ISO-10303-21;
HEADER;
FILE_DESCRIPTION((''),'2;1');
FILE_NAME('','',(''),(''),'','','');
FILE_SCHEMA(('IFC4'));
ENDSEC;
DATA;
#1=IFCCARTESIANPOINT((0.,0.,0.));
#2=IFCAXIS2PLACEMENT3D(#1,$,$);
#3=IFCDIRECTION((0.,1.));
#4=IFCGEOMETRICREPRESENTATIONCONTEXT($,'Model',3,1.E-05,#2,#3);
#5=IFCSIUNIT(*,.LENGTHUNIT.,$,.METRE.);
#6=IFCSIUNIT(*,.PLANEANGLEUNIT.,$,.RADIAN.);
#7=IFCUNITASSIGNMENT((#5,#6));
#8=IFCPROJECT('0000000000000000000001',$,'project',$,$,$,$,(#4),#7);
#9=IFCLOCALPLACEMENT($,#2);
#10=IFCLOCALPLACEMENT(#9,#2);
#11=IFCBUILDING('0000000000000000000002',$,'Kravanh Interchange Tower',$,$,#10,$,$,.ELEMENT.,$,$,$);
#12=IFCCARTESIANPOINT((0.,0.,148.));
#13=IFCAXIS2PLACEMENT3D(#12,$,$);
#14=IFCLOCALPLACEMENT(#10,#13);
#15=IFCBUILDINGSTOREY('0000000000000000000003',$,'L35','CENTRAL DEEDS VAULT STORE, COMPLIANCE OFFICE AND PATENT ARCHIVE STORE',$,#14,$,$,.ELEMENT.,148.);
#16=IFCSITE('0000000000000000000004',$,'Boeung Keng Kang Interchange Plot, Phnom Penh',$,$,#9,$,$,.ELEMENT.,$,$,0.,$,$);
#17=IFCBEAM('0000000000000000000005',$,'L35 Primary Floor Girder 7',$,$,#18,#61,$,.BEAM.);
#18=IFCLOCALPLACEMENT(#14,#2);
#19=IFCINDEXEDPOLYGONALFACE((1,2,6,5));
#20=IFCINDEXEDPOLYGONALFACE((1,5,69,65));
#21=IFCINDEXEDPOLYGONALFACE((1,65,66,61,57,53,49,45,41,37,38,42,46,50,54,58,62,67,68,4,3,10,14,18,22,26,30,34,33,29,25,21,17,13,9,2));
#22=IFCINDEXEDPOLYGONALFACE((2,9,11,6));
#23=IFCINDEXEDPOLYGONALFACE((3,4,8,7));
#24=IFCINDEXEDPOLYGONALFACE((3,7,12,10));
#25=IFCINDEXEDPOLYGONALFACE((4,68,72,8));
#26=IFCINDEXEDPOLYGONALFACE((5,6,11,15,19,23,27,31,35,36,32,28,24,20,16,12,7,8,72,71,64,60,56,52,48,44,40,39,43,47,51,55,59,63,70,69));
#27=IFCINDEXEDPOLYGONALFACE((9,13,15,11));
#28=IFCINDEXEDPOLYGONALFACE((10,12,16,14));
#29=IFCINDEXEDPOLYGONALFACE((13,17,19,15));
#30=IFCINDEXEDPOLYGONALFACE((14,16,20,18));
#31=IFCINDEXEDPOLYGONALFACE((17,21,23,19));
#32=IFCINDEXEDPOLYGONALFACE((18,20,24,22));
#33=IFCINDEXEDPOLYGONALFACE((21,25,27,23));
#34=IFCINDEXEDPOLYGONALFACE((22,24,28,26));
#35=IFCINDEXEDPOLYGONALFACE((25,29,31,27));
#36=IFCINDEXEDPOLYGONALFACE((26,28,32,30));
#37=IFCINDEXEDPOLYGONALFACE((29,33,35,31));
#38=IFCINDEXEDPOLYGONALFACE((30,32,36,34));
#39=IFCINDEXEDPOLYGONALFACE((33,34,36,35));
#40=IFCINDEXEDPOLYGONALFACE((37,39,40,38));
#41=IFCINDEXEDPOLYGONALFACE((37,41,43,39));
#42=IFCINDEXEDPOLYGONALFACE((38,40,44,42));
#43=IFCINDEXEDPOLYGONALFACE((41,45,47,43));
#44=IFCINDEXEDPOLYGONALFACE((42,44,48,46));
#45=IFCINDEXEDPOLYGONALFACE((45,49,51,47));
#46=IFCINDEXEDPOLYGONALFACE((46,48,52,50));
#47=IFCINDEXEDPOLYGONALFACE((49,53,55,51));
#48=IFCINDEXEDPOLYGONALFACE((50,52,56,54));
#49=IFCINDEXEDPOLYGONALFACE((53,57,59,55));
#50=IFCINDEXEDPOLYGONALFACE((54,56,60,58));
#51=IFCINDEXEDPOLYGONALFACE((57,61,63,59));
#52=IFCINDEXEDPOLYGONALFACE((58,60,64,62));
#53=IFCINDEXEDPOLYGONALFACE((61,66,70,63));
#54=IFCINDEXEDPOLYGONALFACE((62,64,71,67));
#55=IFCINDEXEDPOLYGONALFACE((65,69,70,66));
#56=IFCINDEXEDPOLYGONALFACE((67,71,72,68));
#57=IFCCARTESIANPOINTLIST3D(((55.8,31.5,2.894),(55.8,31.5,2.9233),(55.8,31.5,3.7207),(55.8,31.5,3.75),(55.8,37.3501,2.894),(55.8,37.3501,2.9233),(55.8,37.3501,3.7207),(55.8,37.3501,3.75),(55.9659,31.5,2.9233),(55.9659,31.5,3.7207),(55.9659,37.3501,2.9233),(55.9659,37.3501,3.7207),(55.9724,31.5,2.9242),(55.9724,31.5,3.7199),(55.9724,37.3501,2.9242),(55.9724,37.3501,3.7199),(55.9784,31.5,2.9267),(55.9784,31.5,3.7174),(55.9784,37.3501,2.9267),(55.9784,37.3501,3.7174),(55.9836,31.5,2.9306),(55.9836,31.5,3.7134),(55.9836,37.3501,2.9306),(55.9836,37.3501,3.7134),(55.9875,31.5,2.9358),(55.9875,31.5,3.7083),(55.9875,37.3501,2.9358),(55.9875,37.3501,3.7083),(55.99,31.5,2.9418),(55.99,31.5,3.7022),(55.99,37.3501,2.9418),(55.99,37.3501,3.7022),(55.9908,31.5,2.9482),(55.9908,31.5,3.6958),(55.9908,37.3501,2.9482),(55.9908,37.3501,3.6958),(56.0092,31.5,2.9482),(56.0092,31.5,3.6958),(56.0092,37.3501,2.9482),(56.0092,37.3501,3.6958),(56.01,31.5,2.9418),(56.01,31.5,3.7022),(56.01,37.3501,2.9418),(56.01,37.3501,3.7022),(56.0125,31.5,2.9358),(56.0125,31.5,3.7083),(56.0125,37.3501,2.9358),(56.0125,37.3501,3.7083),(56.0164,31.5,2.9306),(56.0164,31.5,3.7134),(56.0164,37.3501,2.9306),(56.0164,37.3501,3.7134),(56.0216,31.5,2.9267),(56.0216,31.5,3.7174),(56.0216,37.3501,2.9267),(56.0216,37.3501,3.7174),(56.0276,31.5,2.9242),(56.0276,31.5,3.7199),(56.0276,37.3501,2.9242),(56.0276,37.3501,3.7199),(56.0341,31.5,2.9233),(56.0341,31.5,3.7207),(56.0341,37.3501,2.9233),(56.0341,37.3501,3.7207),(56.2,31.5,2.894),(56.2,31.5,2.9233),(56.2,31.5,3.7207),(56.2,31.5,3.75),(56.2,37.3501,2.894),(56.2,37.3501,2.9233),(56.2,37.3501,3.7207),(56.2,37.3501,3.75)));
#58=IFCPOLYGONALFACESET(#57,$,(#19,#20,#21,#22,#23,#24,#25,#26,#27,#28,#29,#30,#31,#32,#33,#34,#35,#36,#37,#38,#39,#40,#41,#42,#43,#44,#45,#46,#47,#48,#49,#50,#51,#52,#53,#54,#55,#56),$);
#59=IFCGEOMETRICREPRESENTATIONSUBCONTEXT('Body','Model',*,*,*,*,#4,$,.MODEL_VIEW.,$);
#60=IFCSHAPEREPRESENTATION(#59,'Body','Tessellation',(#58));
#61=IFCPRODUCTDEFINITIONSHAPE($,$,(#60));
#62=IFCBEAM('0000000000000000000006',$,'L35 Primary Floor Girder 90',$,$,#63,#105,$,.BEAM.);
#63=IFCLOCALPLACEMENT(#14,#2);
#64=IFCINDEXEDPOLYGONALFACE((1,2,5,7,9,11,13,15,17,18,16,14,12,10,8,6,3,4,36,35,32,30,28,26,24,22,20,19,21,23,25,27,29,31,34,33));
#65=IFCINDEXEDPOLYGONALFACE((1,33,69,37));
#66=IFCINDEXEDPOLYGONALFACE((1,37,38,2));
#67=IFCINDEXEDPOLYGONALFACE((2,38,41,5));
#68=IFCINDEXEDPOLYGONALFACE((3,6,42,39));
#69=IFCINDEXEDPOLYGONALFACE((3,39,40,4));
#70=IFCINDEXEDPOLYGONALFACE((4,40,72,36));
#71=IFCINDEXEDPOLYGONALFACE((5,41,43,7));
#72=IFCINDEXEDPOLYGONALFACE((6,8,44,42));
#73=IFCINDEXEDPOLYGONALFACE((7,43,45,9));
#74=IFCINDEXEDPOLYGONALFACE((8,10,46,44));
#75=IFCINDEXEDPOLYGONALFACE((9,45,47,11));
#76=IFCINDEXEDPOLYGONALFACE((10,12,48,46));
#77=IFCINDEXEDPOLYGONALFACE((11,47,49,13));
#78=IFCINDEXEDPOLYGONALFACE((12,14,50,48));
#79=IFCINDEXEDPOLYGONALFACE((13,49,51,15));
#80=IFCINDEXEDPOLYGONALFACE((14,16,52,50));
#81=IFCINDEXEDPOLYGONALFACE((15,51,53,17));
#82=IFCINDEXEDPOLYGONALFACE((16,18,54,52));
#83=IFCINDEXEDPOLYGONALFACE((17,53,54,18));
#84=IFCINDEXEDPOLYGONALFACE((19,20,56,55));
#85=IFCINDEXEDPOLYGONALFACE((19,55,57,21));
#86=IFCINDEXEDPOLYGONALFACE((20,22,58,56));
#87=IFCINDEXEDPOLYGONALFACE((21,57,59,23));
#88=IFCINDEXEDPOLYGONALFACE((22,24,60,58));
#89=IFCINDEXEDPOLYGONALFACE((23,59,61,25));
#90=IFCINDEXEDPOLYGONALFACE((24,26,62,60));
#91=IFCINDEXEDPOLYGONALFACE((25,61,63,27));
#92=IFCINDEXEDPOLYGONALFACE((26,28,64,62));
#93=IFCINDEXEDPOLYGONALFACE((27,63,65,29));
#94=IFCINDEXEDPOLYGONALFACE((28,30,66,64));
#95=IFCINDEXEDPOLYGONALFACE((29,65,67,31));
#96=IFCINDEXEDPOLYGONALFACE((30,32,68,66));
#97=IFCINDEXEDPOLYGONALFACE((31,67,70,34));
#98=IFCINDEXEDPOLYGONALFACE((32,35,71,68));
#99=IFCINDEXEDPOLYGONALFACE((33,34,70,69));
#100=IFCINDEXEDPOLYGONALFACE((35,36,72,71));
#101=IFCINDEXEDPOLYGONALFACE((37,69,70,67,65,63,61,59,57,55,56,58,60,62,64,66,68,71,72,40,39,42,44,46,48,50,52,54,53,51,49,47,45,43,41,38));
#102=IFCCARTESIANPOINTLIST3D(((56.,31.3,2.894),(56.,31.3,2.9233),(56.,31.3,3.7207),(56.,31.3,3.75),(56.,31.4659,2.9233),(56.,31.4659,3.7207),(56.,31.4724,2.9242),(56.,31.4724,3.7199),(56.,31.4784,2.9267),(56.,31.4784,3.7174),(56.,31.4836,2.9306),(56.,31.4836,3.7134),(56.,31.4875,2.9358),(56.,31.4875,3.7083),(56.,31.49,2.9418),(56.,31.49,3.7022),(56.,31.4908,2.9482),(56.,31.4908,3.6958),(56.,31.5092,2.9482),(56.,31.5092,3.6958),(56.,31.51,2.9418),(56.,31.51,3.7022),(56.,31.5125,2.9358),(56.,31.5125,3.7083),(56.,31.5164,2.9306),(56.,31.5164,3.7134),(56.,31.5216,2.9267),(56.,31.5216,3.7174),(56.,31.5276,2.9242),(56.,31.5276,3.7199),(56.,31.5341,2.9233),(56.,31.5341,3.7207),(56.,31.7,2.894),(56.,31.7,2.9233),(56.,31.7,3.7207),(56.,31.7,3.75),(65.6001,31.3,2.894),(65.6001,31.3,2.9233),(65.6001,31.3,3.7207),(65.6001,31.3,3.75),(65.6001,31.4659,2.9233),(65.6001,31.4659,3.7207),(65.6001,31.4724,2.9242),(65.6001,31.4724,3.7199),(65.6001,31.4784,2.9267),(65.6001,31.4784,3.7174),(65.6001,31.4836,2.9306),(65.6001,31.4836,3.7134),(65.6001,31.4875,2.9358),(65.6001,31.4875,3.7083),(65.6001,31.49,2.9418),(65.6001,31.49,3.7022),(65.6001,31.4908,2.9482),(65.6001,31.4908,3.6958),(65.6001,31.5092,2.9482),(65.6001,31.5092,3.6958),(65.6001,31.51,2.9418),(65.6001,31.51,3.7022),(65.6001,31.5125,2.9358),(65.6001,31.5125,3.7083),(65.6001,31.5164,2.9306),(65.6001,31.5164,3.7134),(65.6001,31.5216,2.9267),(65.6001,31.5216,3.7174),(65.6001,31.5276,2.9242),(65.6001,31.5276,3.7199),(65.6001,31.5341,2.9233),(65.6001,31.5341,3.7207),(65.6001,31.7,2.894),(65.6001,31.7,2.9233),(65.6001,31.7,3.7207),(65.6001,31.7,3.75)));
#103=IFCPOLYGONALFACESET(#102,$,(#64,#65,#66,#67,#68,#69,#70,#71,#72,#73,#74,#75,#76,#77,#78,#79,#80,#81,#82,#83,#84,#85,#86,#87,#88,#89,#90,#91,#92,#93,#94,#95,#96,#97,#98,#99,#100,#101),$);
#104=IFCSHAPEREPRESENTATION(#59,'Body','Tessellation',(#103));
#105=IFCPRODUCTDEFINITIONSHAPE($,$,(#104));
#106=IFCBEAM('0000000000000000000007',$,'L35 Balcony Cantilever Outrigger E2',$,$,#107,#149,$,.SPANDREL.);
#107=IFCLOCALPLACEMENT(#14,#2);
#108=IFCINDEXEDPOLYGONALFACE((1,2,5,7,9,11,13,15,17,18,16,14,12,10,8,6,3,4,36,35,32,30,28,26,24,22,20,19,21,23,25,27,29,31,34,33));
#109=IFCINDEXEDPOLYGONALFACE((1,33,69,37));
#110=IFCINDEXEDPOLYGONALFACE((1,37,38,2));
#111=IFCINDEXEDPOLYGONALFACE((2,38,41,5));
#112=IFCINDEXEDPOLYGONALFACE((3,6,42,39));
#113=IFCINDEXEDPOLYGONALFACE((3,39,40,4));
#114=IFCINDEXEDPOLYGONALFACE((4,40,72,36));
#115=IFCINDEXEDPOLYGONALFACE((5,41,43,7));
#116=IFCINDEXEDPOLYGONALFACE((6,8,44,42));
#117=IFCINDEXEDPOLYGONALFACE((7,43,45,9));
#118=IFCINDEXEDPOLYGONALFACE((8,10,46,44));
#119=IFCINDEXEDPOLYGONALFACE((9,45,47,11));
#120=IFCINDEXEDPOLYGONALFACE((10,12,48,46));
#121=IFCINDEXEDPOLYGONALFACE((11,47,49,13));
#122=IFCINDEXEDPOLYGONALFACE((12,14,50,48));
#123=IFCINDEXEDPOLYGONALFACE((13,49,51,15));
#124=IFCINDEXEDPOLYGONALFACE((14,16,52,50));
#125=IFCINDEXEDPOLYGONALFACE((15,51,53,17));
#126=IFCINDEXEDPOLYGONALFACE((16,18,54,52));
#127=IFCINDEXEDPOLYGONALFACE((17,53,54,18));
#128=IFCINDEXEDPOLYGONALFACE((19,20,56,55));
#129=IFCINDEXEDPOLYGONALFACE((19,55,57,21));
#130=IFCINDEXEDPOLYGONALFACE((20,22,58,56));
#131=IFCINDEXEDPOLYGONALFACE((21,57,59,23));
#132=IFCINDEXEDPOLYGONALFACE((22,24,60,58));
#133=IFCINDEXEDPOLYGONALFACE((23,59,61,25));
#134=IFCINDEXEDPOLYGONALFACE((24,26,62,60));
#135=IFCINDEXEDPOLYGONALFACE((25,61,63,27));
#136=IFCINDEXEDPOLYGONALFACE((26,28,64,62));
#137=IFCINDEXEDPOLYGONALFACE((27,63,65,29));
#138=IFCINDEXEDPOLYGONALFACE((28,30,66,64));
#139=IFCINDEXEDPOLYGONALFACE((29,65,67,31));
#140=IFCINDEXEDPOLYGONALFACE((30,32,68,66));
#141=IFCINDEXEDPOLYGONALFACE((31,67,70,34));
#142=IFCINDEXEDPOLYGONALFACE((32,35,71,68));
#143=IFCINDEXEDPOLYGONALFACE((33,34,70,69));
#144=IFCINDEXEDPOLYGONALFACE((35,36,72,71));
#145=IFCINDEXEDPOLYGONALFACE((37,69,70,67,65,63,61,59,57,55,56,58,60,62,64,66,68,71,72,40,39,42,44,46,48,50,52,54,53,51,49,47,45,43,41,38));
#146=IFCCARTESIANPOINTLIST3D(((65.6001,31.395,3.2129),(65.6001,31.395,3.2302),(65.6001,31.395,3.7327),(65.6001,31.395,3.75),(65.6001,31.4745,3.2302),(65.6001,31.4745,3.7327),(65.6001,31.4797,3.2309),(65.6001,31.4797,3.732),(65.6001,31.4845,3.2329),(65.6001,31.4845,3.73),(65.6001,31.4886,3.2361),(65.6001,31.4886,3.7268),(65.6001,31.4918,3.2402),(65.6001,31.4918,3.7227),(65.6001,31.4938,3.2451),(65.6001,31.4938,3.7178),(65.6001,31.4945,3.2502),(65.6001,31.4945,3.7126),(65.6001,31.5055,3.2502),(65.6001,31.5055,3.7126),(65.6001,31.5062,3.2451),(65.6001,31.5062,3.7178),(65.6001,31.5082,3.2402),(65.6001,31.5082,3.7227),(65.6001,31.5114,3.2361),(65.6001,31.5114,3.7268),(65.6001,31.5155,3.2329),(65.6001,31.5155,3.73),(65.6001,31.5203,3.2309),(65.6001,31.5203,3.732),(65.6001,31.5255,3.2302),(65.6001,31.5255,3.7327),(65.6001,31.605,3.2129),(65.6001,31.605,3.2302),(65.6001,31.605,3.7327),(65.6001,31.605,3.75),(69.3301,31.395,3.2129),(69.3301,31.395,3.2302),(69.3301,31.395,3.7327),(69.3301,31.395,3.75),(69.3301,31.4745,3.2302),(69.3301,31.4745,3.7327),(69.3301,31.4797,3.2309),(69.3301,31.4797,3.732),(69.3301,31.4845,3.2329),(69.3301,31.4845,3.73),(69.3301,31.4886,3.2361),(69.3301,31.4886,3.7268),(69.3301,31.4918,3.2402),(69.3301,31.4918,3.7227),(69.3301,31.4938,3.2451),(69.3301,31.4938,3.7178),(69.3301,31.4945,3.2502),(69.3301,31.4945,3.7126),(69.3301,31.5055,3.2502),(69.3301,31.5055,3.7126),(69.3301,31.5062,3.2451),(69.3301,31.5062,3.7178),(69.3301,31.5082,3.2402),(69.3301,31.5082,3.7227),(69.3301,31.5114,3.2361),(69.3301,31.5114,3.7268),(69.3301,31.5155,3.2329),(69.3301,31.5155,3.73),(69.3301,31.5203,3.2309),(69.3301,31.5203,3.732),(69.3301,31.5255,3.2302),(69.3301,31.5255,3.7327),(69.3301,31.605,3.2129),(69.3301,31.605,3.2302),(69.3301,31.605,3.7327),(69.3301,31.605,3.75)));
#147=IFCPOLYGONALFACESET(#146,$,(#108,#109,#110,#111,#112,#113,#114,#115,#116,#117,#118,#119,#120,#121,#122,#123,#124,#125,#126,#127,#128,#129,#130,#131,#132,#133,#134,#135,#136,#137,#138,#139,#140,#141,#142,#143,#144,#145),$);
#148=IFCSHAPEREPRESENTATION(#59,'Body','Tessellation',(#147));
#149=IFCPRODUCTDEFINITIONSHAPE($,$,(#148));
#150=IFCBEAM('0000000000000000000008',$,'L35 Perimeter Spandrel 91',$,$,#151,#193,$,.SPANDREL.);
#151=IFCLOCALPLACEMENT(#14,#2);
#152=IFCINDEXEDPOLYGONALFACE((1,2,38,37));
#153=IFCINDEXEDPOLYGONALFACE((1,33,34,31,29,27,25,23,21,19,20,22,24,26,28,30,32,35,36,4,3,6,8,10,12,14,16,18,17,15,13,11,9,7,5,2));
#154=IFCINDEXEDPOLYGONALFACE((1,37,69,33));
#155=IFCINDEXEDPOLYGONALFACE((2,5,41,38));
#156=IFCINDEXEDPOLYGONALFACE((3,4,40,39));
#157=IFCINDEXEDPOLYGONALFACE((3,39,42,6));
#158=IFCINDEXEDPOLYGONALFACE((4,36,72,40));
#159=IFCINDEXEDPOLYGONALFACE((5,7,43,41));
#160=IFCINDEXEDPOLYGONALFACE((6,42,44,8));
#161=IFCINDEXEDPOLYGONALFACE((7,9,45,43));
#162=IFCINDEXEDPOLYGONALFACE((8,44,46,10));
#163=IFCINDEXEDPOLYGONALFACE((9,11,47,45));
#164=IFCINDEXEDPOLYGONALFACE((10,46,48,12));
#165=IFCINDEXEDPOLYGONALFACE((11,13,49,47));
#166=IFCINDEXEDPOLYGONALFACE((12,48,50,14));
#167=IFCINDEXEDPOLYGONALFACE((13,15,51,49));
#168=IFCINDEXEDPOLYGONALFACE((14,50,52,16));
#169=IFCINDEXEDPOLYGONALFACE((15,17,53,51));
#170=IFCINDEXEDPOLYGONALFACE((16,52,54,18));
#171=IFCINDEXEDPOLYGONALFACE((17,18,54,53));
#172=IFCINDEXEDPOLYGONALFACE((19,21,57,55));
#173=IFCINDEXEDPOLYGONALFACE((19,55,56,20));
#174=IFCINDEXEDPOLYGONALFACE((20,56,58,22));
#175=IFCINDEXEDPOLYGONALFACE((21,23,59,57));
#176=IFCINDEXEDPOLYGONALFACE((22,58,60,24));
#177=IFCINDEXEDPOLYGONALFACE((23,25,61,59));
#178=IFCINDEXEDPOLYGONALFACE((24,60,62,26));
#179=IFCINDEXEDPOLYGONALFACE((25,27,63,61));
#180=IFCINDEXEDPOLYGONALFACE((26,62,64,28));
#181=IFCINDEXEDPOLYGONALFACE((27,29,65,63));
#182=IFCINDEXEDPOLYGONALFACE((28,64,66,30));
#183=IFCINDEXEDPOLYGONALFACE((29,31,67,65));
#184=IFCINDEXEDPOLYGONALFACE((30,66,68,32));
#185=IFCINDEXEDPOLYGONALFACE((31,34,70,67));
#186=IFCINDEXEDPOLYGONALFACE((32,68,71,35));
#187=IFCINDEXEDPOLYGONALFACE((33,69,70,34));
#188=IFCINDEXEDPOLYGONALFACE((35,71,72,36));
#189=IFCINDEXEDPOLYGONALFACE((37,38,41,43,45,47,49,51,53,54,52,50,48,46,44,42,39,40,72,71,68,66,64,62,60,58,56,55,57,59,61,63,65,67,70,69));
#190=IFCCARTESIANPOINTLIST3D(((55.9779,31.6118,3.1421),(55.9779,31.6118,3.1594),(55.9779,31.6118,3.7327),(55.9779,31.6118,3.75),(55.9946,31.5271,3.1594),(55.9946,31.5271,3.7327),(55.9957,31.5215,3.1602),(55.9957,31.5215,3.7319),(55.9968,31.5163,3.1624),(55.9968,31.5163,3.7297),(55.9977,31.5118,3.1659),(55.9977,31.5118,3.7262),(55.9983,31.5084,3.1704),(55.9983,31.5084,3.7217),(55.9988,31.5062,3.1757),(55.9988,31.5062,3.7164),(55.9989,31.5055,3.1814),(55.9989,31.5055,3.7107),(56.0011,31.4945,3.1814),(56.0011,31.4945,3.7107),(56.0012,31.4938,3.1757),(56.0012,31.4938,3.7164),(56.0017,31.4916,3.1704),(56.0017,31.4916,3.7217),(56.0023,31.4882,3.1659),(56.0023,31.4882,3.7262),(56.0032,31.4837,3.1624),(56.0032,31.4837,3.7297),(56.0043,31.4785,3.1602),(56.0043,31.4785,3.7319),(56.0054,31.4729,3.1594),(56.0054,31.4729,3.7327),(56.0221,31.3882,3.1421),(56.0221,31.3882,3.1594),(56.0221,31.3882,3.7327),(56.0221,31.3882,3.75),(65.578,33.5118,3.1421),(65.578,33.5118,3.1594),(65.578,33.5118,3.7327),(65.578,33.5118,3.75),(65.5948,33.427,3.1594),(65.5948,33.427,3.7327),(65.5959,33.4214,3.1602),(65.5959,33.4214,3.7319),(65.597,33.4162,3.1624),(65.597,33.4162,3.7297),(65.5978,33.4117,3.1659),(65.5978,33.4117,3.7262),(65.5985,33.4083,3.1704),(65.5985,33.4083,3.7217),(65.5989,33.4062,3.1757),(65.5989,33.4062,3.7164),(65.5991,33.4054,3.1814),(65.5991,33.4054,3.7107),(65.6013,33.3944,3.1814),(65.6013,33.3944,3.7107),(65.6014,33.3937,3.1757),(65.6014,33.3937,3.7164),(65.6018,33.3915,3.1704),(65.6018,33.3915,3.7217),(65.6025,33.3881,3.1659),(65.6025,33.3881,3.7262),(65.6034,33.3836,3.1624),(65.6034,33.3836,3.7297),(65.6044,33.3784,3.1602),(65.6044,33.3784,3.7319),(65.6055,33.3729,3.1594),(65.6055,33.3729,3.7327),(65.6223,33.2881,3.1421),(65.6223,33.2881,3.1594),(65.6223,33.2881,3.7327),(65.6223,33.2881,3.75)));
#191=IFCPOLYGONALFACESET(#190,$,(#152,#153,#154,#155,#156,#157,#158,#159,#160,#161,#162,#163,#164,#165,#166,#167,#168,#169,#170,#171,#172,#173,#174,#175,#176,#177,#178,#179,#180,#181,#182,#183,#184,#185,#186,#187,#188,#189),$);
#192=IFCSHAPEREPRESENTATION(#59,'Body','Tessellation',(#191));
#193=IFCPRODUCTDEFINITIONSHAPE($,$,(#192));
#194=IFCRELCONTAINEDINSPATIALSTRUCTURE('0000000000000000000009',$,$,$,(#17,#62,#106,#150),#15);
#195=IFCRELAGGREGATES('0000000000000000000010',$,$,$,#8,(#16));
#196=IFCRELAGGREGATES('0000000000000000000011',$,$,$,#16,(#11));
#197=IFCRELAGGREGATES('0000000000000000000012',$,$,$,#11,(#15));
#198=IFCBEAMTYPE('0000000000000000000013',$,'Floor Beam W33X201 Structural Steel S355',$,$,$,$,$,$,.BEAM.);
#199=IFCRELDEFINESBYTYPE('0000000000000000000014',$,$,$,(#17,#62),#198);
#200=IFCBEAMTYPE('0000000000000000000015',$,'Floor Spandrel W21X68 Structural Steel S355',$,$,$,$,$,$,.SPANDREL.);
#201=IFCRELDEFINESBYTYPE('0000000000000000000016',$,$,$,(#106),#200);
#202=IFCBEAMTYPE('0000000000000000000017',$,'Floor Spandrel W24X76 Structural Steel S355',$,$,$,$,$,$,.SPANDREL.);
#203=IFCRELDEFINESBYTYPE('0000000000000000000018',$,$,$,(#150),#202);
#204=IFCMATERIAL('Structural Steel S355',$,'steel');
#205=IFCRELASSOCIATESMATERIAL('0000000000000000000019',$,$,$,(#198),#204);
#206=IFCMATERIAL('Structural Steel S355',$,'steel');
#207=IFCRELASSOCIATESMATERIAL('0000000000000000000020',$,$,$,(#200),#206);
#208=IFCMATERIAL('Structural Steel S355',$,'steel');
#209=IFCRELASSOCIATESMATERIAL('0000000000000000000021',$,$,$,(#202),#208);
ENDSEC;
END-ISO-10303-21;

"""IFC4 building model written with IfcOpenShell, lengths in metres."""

from ifc_helpers import new_model, si_unit, direction, frame, origin, origin_2d, place, context, subcontext, project, spatial, i_section, extrude, material, material_profile, profile_set, type_object, element, save


model = new_model("IFC4")

# Units and contexts
model_context = context("Model", 3, precision=1e-05, world=origin(), true_north=direction((0.0, 1.0)))
body_context = subcontext(model_context, "Body", "Model", "MODEL_VIEW")
ifc_project = project(units=[si_unit("LENGTHUNIT", "METRE"), si_unit("PLANEANGLEUNIT", "RADIAN")], contexts=[model_context])

# Site, building, storey
site_placement = place(None, origin())
site = spatial("IfcSite", under=ifc_project, at=site_placement, Name="Boeung Keng Kang Interchange Plot, Phnom Penh", CompositionType="ELEMENT", RefElevation=0.0)
building_placement = place(site_placement, origin())
building = spatial("IfcBuilding", under=site, at=building_placement, Name="Kravanh Interchange Tower", CompositionType="ELEMENT")
storey_placement = place(building_placement, frame((0.0, 0.0, 148.0)))
storey = spatial("IfcBuildingStorey", under=building, at=storey_placement, Name="L35", Description="CENTRAL DEEDS VAULT STORE, COMPLIANCE OFFICE AND PATENT ARCHIVE STORE", CompositionType="ELEMENT", Elevation=148.0)

# Beams
ifc_material_1 = material(Name="Structural Steel S355", Category="steel")
ifc_material_profile_1 = material_profile(ifc_material_1, i_section(OverallWidth=0.3999, OverallDepth=0.856, WebThickness=0.0183, FlangeThickness=0.0293, FilletRadius=0.0249, at=origin_2d()), Name="W33X201")
ifc_profile_set_1 = profile_set([ifc_material_profile_1], Name="Structural Steel S355")
beam_type_1 = type_object("IfcBeamType", Name="Floor Beam W33X201 Structural Steel S355", PredefinedType="BEAM", material=ifc_profile_set_1)
beam_1_placement = place(storey_placement, frame((56.0, 37.3501, 3.322), z_axis=(0.0, -1.0, 0.0), x_axis=(1.0, 0.0, 0.0)))
element("IfcBeam", 1, at=beam_1_placement, inside=storey, type_object=beam_type_1, Name="L35 Primary Floor Girder 7", PredefinedType="BEAM", context=body_context, shape_type="SweptSolid", body=[
    extrude(i_section(OverallWidth=0.3999, OverallDepth=0.856, WebThickness=0.0183, FlangeThickness=0.0293, FilletRadius=0.0249, at=origin_2d()), origin(), (0.0, 0.0, 1.0), 5.8501),
])
beam_2_placement = place(storey_placement, frame((56.0, 31.5, 3.322), z_axis=(1.0, 0.0, 0.0), x_axis=(0.0, 1.0, 0.0)))
element("IfcBeam", 2, at=beam_2_placement, inside=storey, type_object=beam_type_1, Name="L35 Primary Floor Girder 90", PredefinedType="BEAM", context=body_context, shape_type="SweptSolid", body=[
    extrude(i_section(OverallWidth=0.3999, OverallDepth=0.856, WebThickness=0.0183, FlangeThickness=0.0293, FilletRadius=0.0249, at=origin_2d()), origin(), (0.0, 0.0, 1.0), 9.6001),
])
ifc_material_2 = material(Name="Structural Steel S355", Category="steel")
ifc_material_profile_2 = material_profile(ifc_material_2, i_section(OverallWidth=0.21, OverallDepth=0.5371, WebThickness=0.011, FlangeThickness=0.0173, FilletRadius=0.02, at=origin_2d()), Name="W21X68")
ifc_profile_set_2 = profile_set([ifc_material_profile_2], Name="Structural Steel S355")
beam_type_2 = type_object("IfcBeamType", Name="Floor Spandrel W21X68 Structural Steel S355", PredefinedType="SPANDREL", material=ifc_profile_set_2)
beam_3_placement = place(storey_placement, frame((65.6001, 31.5, 3.4814), z_axis=(1.0, 0.0, 0.0), x_axis=(0.0, 1.0, 0.0)))
element("IfcBeam", 3, at=beam_3_placement, inside=storey, type_object=beam_type_2, Name="L35 Balcony Cantilever Outrigger E2", PredefinedType="SPANDREL", context=body_context, shape_type="SweptSolid", body=[
    extrude(i_section(OverallWidth=0.21, OverallDepth=0.5371, WebThickness=0.011, FlangeThickness=0.0173, FilletRadius=0.02, at=origin_2d()), origin(), (0.0, 0.0, 1.0), 3.73),
])
ifc_material_3 = material(Name="Structural Steel S355", Category="steel")
ifc_material_profile_3 = material_profile(ifc_material_3, i_section(OverallWidth=0.228, OverallDepth=0.6079, WebThickness=0.0112, FlangeThickness=0.0173, FilletRadius=0.022, at=origin_2d()), Name="W24X76")
ifc_profile_set_3 = profile_set([ifc_material_profile_3], Name="Structural Steel S355")
beam_type_3 = type_object("IfcBeamType", Name="Floor Spandrel W24X76 Structural Steel S355", PredefinedType="SPANDREL", material=ifc_profile_set_3)
beam_4_placement = place(storey_placement, frame((56.0, 31.5, 3.446), z_axis=(0.980974, 0.194139, 0.0), x_axis=(-0.194139, 0.980974, 0.0)))
element("IfcBeam", 4, at=beam_4_placement, inside=storey, type_object=beam_type_3, Name="L35 Perimeter Spandrel 91", PredefinedType="SPANDREL", context=body_context, shape_type="SweptSolid", body=[
    extrude(i_section(OverallWidth=0.228, OverallDepth=0.6079, WebThickness=0.0112, FlangeThickness=0.0173, FilletRadius=0.022, at=origin_2d()), origin(), (0.0, 0.0, 1.0), 9.7864),
])

save(model, "model.ifc")
